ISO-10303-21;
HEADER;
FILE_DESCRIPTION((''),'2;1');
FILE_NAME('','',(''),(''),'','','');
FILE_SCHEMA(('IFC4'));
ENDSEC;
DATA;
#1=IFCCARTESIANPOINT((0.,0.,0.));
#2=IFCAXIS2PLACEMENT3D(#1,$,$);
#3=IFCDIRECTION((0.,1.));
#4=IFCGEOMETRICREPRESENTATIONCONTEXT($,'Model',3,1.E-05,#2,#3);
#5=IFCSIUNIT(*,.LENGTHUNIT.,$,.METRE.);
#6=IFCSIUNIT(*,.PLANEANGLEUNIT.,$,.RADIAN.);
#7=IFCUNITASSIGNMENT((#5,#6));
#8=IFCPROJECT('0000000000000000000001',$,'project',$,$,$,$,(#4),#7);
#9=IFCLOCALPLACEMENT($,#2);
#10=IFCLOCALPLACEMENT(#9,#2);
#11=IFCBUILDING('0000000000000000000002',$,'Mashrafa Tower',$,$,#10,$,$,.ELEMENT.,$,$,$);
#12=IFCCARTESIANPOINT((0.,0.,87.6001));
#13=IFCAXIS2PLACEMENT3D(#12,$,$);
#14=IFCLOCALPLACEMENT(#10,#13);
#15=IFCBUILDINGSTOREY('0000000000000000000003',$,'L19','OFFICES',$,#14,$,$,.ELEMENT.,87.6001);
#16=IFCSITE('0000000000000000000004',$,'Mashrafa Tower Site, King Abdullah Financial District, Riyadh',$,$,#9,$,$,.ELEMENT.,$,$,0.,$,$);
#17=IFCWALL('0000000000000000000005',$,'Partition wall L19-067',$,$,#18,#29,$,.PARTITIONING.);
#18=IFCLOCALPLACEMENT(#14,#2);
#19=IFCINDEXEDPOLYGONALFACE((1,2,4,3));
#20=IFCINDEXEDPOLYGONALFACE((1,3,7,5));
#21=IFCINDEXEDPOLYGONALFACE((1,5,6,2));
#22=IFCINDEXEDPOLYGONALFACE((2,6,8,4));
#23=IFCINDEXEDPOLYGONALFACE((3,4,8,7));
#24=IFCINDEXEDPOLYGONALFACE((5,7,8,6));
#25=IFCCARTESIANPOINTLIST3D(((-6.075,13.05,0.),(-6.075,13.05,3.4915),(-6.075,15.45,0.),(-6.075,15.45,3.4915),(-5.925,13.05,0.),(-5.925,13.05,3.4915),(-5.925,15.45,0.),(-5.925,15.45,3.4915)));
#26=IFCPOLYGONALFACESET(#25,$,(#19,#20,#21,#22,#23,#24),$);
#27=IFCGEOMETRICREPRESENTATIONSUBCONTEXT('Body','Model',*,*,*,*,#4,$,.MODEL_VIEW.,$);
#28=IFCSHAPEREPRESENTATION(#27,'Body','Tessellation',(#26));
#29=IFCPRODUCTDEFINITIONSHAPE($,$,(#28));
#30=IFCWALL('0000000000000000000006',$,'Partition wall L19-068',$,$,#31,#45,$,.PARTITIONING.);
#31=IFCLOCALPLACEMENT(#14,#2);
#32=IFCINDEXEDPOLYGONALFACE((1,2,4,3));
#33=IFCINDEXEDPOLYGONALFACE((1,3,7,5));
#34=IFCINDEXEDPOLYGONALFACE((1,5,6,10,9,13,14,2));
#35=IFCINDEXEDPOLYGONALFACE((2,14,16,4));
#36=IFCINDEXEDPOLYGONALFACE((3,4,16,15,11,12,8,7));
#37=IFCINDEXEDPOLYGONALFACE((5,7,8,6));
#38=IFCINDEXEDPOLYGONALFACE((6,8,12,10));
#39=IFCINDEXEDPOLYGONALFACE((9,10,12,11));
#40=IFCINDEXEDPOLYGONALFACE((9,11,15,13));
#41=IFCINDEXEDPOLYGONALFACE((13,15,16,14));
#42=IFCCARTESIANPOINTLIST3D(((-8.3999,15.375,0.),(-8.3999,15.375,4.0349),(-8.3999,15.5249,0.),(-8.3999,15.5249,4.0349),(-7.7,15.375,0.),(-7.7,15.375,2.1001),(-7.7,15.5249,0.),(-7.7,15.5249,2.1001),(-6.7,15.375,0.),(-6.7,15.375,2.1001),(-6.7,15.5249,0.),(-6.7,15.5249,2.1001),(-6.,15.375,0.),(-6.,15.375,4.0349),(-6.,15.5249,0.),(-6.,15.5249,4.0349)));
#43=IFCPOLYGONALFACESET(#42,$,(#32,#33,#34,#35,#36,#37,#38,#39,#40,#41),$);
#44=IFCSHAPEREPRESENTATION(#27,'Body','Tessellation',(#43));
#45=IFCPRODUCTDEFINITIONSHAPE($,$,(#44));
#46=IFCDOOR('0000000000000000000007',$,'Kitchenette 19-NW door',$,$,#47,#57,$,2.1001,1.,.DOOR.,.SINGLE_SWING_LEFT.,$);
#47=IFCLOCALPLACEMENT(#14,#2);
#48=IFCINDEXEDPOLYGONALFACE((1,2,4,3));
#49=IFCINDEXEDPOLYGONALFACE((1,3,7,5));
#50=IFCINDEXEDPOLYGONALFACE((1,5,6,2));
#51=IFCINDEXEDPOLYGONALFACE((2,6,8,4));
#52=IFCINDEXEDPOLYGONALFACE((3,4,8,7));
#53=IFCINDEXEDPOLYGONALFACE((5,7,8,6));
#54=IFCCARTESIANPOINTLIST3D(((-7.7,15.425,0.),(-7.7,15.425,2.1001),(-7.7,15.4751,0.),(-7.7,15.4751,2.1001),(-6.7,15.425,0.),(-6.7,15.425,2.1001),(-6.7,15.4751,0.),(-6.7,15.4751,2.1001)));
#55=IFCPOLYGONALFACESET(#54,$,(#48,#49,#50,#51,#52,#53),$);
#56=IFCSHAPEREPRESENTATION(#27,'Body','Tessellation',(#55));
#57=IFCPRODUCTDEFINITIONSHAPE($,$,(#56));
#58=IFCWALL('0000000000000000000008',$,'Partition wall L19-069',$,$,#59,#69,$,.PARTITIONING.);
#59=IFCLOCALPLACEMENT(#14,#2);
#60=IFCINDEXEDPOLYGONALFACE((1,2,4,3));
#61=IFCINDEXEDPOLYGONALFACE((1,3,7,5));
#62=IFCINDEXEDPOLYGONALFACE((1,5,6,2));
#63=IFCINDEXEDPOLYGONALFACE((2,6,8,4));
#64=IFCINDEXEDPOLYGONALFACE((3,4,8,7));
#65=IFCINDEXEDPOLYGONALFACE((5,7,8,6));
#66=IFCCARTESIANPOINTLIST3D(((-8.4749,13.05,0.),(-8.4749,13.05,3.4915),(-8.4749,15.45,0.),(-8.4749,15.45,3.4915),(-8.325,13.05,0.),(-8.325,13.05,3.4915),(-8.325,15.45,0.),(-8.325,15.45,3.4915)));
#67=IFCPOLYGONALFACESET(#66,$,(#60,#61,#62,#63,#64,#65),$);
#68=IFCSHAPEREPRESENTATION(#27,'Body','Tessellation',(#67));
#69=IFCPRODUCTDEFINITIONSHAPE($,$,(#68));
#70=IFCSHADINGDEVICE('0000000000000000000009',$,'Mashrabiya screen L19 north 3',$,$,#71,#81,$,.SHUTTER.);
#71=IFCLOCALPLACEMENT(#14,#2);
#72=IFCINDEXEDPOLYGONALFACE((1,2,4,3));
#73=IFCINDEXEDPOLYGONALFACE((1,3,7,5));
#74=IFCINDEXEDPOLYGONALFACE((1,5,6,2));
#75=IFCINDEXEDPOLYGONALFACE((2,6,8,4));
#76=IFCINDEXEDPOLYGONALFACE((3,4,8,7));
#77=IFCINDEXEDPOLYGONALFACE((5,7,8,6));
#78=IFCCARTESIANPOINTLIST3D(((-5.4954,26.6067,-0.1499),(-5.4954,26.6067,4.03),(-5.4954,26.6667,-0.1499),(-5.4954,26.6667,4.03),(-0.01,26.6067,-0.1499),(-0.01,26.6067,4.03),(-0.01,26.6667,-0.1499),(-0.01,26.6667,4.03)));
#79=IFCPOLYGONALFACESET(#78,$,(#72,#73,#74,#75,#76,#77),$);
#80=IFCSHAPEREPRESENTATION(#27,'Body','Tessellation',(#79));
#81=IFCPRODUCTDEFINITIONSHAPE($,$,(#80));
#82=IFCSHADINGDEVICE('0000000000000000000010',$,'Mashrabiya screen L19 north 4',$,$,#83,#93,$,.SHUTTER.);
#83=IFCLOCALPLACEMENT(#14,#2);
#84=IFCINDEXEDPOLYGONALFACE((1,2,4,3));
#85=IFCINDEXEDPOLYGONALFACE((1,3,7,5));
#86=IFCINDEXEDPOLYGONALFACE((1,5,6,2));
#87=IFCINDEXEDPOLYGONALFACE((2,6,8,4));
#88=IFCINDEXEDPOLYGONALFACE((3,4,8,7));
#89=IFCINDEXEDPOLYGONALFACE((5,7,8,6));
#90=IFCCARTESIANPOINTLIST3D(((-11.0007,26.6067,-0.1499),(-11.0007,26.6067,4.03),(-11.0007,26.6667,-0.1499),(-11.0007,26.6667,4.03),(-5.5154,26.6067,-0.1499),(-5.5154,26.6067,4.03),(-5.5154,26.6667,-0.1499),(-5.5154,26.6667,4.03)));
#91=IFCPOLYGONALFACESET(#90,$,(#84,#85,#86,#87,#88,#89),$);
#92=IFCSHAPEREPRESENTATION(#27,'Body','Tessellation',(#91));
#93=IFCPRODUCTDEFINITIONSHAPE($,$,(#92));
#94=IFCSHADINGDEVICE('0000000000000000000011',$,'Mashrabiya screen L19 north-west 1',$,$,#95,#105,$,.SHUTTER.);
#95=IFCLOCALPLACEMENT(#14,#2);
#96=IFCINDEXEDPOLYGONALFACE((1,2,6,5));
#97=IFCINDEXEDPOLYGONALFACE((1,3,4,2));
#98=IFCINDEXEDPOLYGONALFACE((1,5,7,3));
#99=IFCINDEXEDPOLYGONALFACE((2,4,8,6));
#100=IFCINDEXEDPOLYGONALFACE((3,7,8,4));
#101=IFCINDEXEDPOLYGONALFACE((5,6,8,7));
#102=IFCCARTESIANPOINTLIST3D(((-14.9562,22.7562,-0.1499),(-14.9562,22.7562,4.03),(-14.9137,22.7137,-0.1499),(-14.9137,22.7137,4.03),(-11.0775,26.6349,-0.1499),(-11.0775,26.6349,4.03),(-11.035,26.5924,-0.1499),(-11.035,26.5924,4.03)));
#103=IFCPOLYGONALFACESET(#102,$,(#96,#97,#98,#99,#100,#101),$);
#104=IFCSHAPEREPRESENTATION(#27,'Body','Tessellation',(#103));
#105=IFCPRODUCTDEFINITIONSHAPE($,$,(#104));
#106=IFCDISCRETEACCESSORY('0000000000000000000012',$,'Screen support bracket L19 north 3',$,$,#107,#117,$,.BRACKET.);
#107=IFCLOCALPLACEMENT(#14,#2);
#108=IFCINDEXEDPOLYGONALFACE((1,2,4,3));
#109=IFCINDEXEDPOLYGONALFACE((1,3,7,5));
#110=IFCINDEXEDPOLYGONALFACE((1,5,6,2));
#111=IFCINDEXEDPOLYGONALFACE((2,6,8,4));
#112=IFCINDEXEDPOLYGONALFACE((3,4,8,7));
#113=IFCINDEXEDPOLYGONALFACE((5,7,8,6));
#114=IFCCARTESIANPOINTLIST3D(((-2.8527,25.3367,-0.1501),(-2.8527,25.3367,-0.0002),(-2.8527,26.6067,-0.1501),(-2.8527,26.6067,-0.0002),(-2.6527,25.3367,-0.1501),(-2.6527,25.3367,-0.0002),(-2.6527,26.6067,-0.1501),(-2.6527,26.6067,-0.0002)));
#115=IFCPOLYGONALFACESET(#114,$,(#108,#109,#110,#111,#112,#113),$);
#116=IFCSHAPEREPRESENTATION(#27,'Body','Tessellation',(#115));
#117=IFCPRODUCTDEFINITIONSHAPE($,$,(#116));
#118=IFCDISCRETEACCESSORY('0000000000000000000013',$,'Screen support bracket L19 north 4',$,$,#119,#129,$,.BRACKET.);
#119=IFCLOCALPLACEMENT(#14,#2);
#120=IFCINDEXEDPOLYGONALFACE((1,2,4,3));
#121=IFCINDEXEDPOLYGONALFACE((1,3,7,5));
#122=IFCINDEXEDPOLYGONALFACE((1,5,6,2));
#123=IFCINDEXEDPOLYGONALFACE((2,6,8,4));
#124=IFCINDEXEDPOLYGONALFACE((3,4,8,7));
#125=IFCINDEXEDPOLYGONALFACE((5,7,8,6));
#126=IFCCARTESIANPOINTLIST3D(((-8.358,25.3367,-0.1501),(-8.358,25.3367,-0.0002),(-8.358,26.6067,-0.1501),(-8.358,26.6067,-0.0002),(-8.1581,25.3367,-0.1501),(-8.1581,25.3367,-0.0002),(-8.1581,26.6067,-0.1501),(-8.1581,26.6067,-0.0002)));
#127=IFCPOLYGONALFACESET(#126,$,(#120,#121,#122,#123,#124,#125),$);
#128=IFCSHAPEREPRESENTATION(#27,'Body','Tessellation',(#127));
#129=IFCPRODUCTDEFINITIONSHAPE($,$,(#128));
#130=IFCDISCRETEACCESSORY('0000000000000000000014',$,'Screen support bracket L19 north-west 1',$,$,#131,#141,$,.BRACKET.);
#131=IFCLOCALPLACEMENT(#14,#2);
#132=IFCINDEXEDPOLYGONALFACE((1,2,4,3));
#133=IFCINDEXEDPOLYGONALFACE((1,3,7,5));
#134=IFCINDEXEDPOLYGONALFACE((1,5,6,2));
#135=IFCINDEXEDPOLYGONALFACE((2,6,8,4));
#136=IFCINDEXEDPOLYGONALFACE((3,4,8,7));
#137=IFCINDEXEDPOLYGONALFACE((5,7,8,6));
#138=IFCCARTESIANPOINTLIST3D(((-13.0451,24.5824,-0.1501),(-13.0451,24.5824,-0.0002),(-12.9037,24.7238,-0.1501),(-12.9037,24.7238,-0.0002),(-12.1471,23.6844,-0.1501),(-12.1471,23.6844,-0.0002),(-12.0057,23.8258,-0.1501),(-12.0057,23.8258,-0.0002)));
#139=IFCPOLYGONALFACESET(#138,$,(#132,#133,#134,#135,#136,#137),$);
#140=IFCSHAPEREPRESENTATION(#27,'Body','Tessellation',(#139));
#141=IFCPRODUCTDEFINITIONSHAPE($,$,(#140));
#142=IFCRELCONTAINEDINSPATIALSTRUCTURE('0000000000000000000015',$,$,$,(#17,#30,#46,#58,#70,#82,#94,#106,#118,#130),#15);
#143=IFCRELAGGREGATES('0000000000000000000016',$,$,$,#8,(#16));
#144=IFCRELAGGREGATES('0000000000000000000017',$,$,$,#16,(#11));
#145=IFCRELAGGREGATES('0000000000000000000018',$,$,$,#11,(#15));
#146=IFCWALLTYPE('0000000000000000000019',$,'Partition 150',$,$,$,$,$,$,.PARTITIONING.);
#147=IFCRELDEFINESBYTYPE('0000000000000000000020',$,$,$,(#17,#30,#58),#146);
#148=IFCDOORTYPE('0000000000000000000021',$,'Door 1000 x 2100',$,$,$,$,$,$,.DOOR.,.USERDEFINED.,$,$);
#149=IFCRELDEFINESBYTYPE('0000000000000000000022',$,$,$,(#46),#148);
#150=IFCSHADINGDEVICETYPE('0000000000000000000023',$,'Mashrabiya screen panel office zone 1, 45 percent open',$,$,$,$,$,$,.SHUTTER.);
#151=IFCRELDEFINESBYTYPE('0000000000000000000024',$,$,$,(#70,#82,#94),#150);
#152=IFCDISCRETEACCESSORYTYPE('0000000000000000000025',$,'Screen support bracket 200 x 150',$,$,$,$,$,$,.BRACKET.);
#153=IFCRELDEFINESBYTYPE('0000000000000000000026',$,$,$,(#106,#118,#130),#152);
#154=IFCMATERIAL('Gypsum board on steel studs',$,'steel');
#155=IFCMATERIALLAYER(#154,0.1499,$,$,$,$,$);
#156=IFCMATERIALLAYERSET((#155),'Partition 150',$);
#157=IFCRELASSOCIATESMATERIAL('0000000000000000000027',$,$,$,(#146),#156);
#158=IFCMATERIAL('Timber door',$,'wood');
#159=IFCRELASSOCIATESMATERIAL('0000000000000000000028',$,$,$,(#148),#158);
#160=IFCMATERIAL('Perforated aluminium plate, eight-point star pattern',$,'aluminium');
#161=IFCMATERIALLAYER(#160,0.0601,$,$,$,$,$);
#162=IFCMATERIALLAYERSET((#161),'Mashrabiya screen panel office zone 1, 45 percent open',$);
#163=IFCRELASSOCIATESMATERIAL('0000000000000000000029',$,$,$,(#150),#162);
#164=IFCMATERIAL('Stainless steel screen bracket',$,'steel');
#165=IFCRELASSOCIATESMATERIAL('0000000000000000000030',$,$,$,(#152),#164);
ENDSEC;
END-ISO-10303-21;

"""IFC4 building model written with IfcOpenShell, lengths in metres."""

from ifc_helpers import new_model, si_unit, direction, frame, frame_2d, origin, origin_2d, place, context, subcontext, project, spatial, rectangle, extrude, source, transform, mapped, material, layer, layer_set, type_object, type_shapes, element, fill, save


model = new_model("IFC4")

# Units and contexts
model_context = context("Model", 3, precision=1e-05, world=origin(), true_north=direction((0.0, 1.0)))
body_context = subcontext(model_context, "Body", "Model", "MODEL_VIEW")
ifc_project = project(units=[si_unit("LENGTHUNIT", "METRE"), si_unit("PLANEANGLEUNIT", "RADIAN")], contexts=[model_context])

# Site, building, storey
site_placement = place(None, origin())
site = spatial("IfcSite", under=ifc_project, at=site_placement, Name="Mashrafa Tower Site, King Abdullah Financial District, Riyadh", CompositionType="ELEMENT", RefElevation=0.0)
building_placement = place(site_placement, origin())
building = spatial("IfcBuilding", under=site, at=building_placement, Name="Mashrafa Tower", CompositionType="ELEMENT")
storey_placement = place(building_placement, frame((0.0, 0.0, 87.6001)))
storey = spatial("IfcBuildingStorey", under=building, at=storey_placement, Name="L19", Description="OFFICES", CompositionType="ELEMENT", Elevation=87.6001)

# Shared definitions
ifc_material_1 = material(Name="Gypsum board on steel studs", Category="steel")
ifc_layer_1 = layer(ifc_material_1, 0.1499)
ifc_layer_set_1 = layer_set([ifc_layer_1], Name="Partition 150")
wall_type_1 = type_object("IfcWallType", Name="Partition 150", PredefinedType="PARTITIONING", material=ifc_layer_set_1)

# Shared definitions
ifc_material_2 = material(Name="Timber door", Category="wood")
door_type = type_object("IfcDoorType", Name="Door 1000 x 2100", OperationType="USERDEFINED", PredefinedType="DOOR", material=ifc_material_2)

# Wall
wall_1_placement = place(storey_placement, frame((-6.0, 13.05, 0.0), z_axis=(0.0, 0.0, 1.0), x_axis=(0.0, 1.0, 0.0)))
element("IfcWall", 1, at=wall_1_placement, inside=storey, type_object=wall_type_1, Name="Partition wall L19-067", PredefinedType="PARTITIONING", context=body_context, shape_type="SweptSolid", body=[
    extrude(rectangle(XDim=2.3999, YDim=0.1499, at=frame_2d((1.2, 0.0))), origin(), (0.0, 0.0, 1.0), 3.4915),
])

# Wall, opening, door
wall_2_placement = place(storey_placement, frame((-6.0, 15.45, 0.0), z_axis=(0.0, 0.0, 1.0), x_axis=(-1.0, 0.0, 0.0)))
wall_2 = element("IfcWall", 2, at=wall_2_placement, inside=storey, type_object=wall_type_1, Name="Partition wall L19-068", PredefinedType="PARTITIONING", context=body_context, shape_type="SweptSolid", body=[
    extrude(rectangle(XDim=2.3999, YDim=0.1499, at=frame_2d((1.2, 0.0))), origin(), (0.0, 0.0, 1.0), 4.0349),
])
opening_1_placement = place(wall_2_placement, frame((0.7, 0.0, 0.0)))
opening_1 = element("IfcOpeningElement", 3, at=opening_1_placement, cuts=wall_2, PredefinedType="OPENING", context=body_context, shape_type="SweptSolid", body=[
    extrude(rectangle(XDim=1.0, YDim=2.1001, at=frame_2d((0.5, 1.05))), frame((0.0, 0.085, 0.0), z_axis=(0.0, -1.0, 0.0), x_axis=(1.0, 0.0, 0.0)), (0.0, 0.0, 1.0), 0.1699),
])
door_1_placement = place(opening_1_placement, origin())
door_1 = element("IfcDoor", 4, at=door_1_placement, inside=storey, type_object=door_type, Name="Kitchenette 19-NW door", OperationType="SINGLE_SWING_LEFT", OverallHeight=2.1001, OverallWidth=1.0, PredefinedType="DOOR", context=body_context, shape_type="SweptSolid", body=[
    extrude(rectangle(XDim=1.0, YDim=2.1001, at=frame_2d((0.5, 1.05))), frame((0.0, 0.0249, 0.0), z_axis=(0.0, -1.0, 0.0), x_axis=(1.0, 0.0, 0.0)), (0.0, 0.0, 1.0), 0.05),
])
fill(opening_1, door_1)

# Wall
wall_3_placement = place(storey_placement, frame((-8.3999, 15.45, 0.0), z_axis=(0.0, 0.0, 1.0), x_axis=(0.0, -1.0, 0.0)))
element("IfcWall", 5, at=wall_3_placement, inside=storey, type_object=wall_type_1, Name="Partition wall L19-069", PredefinedType="PARTITIONING", context=body_context, shape_type="SweptSolid", body=[
    extrude(rectangle(XDim=2.3999, YDim=0.1499, at=frame_2d((1.2, 0.0))), origin(), (0.0, 0.0, 1.0), 3.4915),
])

# Shading devices
ifc_material_3 = material(Name="Perforated aluminium plate, eight-point star pattern", Category="aluminium")
ifc_layer_2 = layer(ifc_material_3, 0.0601)
ifc_layer_set_2 = layer_set([ifc_layer_2], Name="Mashrabiya screen panel office zone 1, 45 percent open")
shading_device_type = type_object("IfcShadingDeviceType", Name="Mashrabiya screen panel office zone 1, 45 percent open", PredefinedType="SHUTTER", material=ifc_layer_set_2)
shared_shape_1 = source(origin(), body_context, "Body", "SweptSolid", [
    extrude(rectangle(XDim=5.4854, YDim=0.0601, at=origin_2d()), origin(), (0.0, 0.0, 1.0), 4.1799),
])
type_shapes(shading_device_type, [shared_shape_1])
for number, where, z_axis, x_axis, name in (
    (6, (-2.7527, 26.6367, -0.1499), (0.0, 0.0, 1.0), (-1.0, 0.0, 0.0), "Mashrabiya screen L19 north 3"),
    (7, (-8.2581, 26.6367, -0.1499), (0.0, 0.0, 1.0), (-1.0, 0.0, 0.0), "Mashrabiya screen L19 north 4"),
    (8, (-12.9956, 24.6743, -0.1499), (0.0, 0.0, 1.0), (-0.707107, -0.707107, 0.0), "Mashrabiya screen L19 north-west 1"),
):
    element("IfcShadingDevice", number, at=place(storey_placement, frame(where, z_axis=z_axis, x_axis=x_axis)), inside=storey, type_object=shading_device_type, Name=name, PredefinedType="SHUTTER", context=body_context, shape_type="MappedRepresentation", body=[
        mapped(shared_shape_1, transform((0.0, 0.0, 0.0))),
    ])

# Discrete accessories
ifc_material_4 = material(Name="Stainless steel screen bracket", Category="steel")
discrete_accessory_type = type_object("IfcDiscreteAccessoryType", Name="Screen support bracket 200 x 150", PredefinedType="BRACKET", material=ifc_material_4)
shared_shape_2 = source(origin(), body_context, "Body", "SweptSolid", [
    extrude(rectangle(XDim=0.2, YDim=1.27, at=origin_2d()), origin(), (0.0, 0.0, 1.0), 0.1499),
])
type_shapes(discrete_accessory_type, [shared_shape_2])
for number, where, z_axis, x_axis, name in (
    (9, (-2.7527, 25.9717, -0.1501), (0.0, 0.0, 1.0), (-1.0, 0.0, 0.0), "Screen support bracket L19 north 3"),
    (10, (-8.2581, 25.9717, -0.1501), (0.0, 0.0, 1.0), (-1.0, 0.0, 0.0), "Screen support bracket L19 north 4"),
    (11, (-12.5254, 24.2041, -0.1501), (0.0, 0.0, 1.0), (-0.707107, -0.707107, 0.0), "Screen support bracket L19 north-west 1"),
):
    element("IfcDiscreteAccessory", number, at=place(storey_placement, frame(where, z_axis=z_axis, x_axis=x_axis)), inside=storey, type_object=discrete_accessory_type, Name=name, PredefinedType="BRACKET", context=body_context, shape_type="MappedRepresentation", body=[
        mapped(shared_shape_2, transform((0.0, 0.0, 0.0))),
    ])

save(model, "model.ifc")
